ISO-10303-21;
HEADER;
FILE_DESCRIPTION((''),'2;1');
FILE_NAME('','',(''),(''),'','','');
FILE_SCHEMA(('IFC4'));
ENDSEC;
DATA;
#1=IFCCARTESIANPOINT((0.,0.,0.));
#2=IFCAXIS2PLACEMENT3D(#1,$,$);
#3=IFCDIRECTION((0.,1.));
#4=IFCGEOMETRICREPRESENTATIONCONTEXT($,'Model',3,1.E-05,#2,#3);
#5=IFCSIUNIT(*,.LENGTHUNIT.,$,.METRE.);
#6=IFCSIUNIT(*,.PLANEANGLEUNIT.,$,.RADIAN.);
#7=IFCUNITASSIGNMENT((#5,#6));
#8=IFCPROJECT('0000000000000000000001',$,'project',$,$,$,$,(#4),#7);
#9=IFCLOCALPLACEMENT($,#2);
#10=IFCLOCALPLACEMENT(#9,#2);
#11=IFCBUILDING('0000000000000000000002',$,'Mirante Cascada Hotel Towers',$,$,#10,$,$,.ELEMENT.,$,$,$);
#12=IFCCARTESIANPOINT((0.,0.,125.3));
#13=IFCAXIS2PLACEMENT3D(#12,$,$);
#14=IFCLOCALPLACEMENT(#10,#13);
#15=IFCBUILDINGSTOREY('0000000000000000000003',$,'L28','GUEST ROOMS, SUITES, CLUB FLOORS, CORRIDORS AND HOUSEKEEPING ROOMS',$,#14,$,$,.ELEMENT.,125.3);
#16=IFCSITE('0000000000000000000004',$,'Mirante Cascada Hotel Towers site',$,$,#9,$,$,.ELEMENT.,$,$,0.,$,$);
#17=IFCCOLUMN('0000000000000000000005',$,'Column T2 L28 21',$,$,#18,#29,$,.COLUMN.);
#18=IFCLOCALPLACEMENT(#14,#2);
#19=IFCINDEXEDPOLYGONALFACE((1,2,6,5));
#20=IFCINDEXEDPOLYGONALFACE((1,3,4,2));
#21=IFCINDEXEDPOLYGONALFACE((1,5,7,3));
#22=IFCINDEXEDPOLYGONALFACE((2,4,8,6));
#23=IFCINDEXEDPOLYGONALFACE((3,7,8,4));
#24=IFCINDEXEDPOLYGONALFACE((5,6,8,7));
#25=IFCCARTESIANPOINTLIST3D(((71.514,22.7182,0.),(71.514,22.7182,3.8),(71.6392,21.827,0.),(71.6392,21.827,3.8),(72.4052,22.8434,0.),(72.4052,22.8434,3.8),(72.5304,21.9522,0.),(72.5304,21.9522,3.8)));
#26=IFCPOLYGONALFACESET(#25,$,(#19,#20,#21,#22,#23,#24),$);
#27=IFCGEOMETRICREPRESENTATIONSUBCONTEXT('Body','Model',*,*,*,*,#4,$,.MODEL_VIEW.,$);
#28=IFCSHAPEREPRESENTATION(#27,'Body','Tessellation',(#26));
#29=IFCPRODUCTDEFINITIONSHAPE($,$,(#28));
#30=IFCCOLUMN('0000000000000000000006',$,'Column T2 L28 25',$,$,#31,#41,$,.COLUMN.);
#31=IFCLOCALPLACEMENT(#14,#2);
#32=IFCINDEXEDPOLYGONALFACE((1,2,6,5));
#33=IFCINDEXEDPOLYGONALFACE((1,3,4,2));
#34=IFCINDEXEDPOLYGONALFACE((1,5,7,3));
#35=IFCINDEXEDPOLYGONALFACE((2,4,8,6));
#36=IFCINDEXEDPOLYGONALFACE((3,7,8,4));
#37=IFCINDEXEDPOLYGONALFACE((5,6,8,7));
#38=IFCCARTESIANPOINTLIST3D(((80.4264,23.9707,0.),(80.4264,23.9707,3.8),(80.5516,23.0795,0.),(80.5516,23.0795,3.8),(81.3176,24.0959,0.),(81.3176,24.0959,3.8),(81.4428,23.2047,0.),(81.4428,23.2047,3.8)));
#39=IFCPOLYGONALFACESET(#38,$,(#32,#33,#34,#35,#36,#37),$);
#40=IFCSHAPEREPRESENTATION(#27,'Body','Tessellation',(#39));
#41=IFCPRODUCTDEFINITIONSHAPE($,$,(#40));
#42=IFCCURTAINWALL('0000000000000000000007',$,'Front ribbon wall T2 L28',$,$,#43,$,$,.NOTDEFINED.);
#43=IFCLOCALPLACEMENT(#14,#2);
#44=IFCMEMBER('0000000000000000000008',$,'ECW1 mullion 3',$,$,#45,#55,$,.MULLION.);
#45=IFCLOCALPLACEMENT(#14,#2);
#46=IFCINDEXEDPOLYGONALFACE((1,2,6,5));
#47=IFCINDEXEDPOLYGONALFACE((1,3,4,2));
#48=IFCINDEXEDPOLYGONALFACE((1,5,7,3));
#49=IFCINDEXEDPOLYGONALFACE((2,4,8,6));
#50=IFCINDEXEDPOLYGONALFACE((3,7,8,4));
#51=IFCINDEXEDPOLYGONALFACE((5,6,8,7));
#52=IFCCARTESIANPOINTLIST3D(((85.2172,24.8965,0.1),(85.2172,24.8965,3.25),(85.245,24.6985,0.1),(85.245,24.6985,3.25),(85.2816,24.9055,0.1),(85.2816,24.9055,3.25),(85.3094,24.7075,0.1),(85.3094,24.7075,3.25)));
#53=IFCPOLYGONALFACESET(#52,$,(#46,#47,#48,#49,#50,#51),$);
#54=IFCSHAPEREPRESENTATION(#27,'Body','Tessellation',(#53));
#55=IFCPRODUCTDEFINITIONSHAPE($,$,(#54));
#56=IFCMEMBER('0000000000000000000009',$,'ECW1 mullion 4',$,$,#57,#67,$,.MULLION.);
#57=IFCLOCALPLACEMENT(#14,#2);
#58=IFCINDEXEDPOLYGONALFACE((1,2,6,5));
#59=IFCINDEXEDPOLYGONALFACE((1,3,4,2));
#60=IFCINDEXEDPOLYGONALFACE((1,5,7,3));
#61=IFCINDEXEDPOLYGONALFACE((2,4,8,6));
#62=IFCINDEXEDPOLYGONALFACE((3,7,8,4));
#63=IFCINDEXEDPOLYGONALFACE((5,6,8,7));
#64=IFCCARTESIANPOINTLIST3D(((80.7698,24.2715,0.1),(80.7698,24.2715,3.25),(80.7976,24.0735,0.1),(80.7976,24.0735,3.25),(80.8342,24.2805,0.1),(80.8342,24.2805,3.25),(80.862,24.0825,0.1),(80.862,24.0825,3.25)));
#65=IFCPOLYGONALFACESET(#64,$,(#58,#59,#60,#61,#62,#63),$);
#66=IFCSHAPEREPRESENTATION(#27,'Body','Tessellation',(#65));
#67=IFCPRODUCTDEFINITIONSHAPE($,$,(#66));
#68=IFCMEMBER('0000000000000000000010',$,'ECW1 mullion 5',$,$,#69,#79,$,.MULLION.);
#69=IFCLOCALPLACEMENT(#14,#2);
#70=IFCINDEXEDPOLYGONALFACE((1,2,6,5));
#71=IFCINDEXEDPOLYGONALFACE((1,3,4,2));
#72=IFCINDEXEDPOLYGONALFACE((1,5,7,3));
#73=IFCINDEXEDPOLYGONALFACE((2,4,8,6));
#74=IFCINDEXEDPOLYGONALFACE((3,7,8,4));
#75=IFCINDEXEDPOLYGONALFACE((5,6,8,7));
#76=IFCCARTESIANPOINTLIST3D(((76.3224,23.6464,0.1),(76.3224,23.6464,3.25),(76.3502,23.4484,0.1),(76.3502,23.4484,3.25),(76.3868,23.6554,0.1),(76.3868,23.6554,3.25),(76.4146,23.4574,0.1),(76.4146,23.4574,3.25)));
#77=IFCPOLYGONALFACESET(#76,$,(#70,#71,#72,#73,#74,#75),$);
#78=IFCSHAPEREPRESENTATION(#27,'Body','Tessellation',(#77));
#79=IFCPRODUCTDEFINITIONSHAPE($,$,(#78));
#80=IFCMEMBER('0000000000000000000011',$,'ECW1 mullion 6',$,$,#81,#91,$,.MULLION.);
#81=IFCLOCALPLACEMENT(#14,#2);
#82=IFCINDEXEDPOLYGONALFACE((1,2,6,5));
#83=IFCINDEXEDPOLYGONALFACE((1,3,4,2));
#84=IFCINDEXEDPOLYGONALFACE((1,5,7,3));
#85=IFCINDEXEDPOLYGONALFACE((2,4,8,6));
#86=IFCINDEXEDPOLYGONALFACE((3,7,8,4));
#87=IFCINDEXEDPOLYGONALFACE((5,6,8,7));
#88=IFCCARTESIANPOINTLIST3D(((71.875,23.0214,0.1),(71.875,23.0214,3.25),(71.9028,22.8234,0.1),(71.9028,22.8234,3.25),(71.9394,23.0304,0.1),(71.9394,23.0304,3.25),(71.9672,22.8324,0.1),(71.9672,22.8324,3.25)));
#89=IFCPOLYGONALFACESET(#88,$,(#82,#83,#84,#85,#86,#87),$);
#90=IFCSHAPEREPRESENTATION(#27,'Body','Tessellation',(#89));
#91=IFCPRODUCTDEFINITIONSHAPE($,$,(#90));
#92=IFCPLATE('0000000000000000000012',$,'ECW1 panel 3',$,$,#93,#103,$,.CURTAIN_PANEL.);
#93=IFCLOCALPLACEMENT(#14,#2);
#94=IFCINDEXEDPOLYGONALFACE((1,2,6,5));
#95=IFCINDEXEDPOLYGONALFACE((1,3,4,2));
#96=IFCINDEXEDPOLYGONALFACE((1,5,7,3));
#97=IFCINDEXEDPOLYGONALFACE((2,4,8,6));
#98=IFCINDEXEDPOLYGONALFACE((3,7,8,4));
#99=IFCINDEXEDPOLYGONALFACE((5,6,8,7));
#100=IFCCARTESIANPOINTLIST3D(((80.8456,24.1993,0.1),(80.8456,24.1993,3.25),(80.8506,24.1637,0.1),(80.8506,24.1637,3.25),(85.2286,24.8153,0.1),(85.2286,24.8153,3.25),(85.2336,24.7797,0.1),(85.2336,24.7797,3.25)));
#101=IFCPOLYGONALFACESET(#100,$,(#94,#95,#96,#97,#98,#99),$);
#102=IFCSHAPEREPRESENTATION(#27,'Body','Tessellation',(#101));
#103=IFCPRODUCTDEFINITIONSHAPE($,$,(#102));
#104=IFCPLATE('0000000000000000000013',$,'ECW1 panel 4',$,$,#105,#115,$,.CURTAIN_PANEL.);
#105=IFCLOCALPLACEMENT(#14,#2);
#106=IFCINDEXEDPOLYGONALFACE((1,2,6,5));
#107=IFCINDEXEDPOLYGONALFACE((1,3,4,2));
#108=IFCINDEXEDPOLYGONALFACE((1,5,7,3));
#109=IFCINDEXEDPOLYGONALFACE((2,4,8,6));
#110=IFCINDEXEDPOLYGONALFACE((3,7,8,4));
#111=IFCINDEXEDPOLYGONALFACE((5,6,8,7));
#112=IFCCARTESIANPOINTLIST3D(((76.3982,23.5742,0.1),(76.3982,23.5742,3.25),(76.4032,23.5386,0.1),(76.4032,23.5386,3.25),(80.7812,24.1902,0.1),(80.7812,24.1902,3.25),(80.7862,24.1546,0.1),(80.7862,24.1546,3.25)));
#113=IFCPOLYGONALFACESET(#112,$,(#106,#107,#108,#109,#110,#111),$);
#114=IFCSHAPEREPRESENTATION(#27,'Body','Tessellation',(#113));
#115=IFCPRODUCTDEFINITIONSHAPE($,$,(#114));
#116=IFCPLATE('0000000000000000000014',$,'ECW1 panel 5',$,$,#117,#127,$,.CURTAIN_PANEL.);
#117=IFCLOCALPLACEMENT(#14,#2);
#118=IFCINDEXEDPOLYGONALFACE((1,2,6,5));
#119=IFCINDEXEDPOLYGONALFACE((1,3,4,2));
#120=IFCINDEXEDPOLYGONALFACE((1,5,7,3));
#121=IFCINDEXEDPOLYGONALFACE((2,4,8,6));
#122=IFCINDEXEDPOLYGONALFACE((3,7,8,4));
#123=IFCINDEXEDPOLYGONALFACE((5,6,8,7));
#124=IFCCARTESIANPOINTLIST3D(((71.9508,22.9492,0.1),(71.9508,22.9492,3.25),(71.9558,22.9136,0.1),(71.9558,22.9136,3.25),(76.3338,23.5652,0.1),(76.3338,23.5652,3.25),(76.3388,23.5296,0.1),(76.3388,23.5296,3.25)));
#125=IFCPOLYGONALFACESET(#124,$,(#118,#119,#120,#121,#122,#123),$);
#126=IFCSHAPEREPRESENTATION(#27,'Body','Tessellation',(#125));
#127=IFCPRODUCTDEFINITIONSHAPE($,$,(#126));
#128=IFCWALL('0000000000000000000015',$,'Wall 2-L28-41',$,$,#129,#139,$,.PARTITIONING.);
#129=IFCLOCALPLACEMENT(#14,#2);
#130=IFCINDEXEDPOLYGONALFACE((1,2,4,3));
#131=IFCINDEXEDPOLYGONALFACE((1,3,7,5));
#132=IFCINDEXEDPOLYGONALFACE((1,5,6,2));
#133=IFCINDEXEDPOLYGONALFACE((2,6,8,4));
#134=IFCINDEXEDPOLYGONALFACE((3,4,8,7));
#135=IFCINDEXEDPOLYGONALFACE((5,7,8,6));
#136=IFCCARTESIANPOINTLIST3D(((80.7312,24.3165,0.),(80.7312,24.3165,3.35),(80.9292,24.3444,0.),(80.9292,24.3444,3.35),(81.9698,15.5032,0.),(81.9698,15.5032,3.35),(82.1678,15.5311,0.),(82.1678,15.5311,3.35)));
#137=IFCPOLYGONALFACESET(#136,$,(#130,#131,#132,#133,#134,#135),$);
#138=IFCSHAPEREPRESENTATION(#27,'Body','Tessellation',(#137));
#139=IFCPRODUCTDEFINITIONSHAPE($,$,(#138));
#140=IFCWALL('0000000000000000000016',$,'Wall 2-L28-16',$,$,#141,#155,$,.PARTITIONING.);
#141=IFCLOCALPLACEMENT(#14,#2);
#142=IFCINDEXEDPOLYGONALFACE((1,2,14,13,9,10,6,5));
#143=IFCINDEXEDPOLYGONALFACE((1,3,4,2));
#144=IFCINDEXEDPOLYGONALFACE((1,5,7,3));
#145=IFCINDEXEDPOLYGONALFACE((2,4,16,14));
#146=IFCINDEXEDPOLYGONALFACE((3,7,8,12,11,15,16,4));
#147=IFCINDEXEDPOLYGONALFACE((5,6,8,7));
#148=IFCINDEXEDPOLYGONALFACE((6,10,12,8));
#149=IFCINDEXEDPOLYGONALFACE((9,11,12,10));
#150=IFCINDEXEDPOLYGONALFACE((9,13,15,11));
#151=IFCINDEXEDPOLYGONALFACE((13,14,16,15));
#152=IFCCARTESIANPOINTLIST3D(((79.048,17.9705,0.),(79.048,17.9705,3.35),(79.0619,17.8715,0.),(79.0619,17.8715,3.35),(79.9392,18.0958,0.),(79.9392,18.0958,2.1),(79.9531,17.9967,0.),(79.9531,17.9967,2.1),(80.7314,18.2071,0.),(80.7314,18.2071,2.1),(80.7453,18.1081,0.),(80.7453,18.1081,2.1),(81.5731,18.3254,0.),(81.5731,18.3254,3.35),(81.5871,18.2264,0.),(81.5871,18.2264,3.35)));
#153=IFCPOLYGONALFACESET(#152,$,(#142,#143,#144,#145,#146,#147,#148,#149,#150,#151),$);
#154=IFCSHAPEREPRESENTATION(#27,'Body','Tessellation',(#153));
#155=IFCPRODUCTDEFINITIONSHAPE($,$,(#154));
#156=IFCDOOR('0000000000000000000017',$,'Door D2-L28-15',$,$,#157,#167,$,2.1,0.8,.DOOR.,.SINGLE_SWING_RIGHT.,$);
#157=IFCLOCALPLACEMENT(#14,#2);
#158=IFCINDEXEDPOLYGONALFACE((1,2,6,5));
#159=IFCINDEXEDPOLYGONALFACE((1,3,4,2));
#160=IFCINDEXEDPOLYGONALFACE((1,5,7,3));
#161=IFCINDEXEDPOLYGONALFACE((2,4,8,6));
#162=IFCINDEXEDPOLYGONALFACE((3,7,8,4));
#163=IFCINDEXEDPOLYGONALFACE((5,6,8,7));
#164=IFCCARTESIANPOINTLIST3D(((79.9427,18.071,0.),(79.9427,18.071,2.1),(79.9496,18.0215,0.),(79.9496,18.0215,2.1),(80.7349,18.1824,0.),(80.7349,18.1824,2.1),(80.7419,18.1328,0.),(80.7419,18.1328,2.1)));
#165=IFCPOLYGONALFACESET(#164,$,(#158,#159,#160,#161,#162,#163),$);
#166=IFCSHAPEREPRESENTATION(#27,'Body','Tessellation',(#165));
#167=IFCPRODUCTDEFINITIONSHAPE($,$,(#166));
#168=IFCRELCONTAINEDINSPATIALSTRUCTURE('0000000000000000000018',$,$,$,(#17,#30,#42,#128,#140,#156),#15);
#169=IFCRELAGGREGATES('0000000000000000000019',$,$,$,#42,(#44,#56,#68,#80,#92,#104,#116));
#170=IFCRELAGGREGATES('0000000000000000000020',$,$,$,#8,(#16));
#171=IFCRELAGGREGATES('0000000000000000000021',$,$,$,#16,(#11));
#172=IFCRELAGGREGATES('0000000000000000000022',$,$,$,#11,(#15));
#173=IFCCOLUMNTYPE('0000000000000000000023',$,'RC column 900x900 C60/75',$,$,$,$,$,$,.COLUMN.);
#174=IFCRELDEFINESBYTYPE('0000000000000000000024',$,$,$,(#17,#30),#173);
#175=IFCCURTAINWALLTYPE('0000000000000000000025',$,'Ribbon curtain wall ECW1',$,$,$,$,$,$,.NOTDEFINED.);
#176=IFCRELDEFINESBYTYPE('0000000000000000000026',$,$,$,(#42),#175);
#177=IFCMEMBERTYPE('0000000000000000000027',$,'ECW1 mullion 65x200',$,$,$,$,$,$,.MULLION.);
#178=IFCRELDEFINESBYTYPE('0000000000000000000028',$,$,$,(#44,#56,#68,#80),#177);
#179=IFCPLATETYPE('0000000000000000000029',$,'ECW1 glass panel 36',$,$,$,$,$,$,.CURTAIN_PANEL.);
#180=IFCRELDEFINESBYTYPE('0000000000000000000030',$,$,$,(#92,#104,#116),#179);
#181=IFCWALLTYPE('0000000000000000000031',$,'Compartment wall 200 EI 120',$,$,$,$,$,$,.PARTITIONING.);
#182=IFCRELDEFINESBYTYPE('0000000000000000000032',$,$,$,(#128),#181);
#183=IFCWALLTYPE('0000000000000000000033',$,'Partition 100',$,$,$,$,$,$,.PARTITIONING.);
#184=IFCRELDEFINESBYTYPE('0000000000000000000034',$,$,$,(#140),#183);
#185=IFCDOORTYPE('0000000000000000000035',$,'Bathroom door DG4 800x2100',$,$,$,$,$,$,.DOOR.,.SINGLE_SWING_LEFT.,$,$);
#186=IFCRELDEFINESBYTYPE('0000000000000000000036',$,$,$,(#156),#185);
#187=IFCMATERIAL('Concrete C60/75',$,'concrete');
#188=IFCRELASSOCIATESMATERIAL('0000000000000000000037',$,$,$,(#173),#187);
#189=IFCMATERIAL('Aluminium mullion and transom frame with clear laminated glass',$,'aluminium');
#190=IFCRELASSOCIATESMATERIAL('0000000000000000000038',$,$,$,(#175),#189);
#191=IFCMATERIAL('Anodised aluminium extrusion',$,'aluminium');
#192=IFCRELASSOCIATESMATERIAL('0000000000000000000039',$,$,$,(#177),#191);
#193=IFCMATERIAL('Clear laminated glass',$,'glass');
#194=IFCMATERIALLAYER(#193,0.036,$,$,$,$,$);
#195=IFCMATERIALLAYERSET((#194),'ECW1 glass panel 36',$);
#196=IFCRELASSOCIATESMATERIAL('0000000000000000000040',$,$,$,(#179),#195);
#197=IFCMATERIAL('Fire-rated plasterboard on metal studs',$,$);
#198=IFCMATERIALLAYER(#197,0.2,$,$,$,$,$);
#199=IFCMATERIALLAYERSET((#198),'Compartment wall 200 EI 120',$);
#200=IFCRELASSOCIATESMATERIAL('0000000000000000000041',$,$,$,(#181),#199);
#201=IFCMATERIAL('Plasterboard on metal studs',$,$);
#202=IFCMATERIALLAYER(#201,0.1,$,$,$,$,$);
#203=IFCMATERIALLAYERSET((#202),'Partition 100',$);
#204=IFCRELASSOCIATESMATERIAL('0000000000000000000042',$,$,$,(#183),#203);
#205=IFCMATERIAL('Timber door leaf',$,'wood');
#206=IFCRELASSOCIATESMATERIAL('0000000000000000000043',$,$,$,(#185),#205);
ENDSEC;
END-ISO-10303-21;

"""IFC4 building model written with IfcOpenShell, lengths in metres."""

from ifc_helpers import new_model, si_unit, direction, frame, frame_2d, origin, origin_2d, place, context, subcontext, project, spatial, rectangle, extrude, material, layer, layer_set, material_profile, profile_set, type_object, element, fill, aggregate, save


model = new_model("IFC4")

# Units and contexts
model_context = context("Model", 3, precision=1e-05, world=origin(), true_north=direction((0.0, 1.0)))
body_context = subcontext(model_context, "Body", "Model", "MODEL_VIEW")
ifc_project = project(units=[si_unit("LENGTHUNIT", "METRE"), si_unit("PLANEANGLEUNIT", "RADIAN")], contexts=[model_context])

# Site, building, storey
site_placement = place(None, origin())
site = spatial("IfcSite", under=ifc_project, at=site_placement, Name="Mirante Cascada Hotel Towers site", CompositionType="ELEMENT", RefElevation=0.0)
building_placement = place(site_placement, origin())
building = spatial("IfcBuilding", under=site, at=building_placement, Name="Mirante Cascada Hotel Towers", CompositionType="ELEMENT")
storey_placement = place(building_placement, frame((0.0, 0.0, 125.3)))
storey = spatial("IfcBuildingStorey", under=building, at=storey_placement, Name="L28", Description="GUEST ROOMS, SUITES, CLUB FLOORS, CORRIDORS AND HOUSEKEEPING ROOMS", CompositionType="ELEMENT", Elevation=125.3)

# Columns
ifc_material_1 = material(Name="Concrete C60/75", Category="concrete")
ifc_material_profile_1 = material_profile(ifc_material_1, rectangle(XDim=0.9, YDim=0.9, at=origin_2d()), Name="RC column 900x900 C60/75")
ifc_profile_set_1 = profile_set([ifc_material_profile_1], Name="Concrete C60/75")
column_type = type_object("IfcColumnType", Name="RC column 900x900 C60/75", PredefinedType="COLUMN", material=ifc_profile_set_1)
for number, where, z_axis, x_axis, name in (
    (1, (72.0222, 22.3352, 0.0), (0.0, 0.0, 1.0), (0.990268, 0.139173, 0.0), "Column T2 L28 21"),
    (2, (80.9346, 23.5877, 0.0), (0.0, 0.0, 1.0), (0.990268, 0.139173, 0.0), "Column T2 L28 25"),
):
    element("IfcColumn", number, at=place(storey_placement, frame(where, z_axis=z_axis, x_axis=x_axis)), inside=storey, type_object=column_type, Name=name, PredefinedType="COLUMN", context=body_context, shape_type="SweptSolid", body=[
        extrude(rectangle(XDim=0.9, YDim=0.9, at=origin_2d()), origin(), (0.0, 0.0, 1.0), 3.8),
    ])

# Curtain wall, members, plates
ifc_material_2 = material(Name="Aluminium mullion and transom frame with clear laminated glass", Category="aluminium")
curtain_wall_type = type_object("IfcCurtainWallType", Name="Ribbon curtain wall ECW1", PredefinedType="NOTDEFINED", material=ifc_material_2)
curtain_wall_placement = place(storey_placement, origin())
curtain_wall = element("IfcCurtainWall", 3, at=curtain_wall_placement, inside=storey, type_object=curtain_wall_type, Name="Front ribbon wall T2 L28", PredefinedType="NOTDEFINED")
ifc_material_3 = material(Name="Anodised aluminium extrusion", Category="aluminium")
ifc_material_profile_2 = material_profile(ifc_material_3, rectangle(XDim=0.2, YDim=0.065, at=origin_2d()), Name="ECW1 MULLION 65x200")
ifc_profile_set_2 = profile_set([ifc_material_profile_2], Name="Anodised aluminium extrusion")
member_type = type_object("IfcMemberType", Name="ECW1 mullion 65x200", PredefinedType="MULLION", material=ifc_profile_set_2)
member_1_placement = place(storey_placement, frame((85.2633, 24.802, 0.1), z_axis=(0.0, 0.0, 1.0), x_axis=(0.139173, -0.990268, 0.0)))
member_1 = element("IfcMember", 4, at=member_1_placement, type_object=member_type, Name="ECW1 mullion 3", PredefinedType="MULLION", context=body_context, shape_type="SweptSolid", body=[
    extrude(rectangle(XDim=0.2, YDim=0.065, at=origin_2d()), origin(), (0.0, 0.0, 1.0), 3.15),
])
member_2_placement = place(storey_placement, frame((80.8159, 24.177, 0.1), z_axis=(0.0, 0.0, 1.0), x_axis=(0.139173, -0.990268, 0.0)))
member_2 = element("IfcMember", 5, at=member_2_placement, type_object=member_type, Name="ECW1 mullion 4", PredefinedType="MULLION", context=body_context, shape_type="SweptSolid", body=[
    extrude(rectangle(XDim=0.2, YDim=0.065, at=origin_2d()), origin(), (0.0, 0.0, 1.0), 3.15),
])
member_3_placement = place(storey_placement, frame((76.3685, 23.5519, 0.1), z_axis=(0.0, 0.0, 1.0), x_axis=(0.139173, -0.990268, 0.0)))
member_3 = element("IfcMember", 6, at=member_3_placement, type_object=member_type, Name="ECW1 mullion 5", PredefinedType="MULLION", context=body_context, shape_type="SweptSolid", body=[
    extrude(rectangle(XDim=0.2, YDim=0.065, at=origin_2d()), origin(), (0.0, 0.0, 1.0), 3.15),
])
member_4_placement = place(storey_placement, frame((71.9211, 22.9269, 0.1), z_axis=(0.0, 0.0, 1.0), x_axis=(0.139173, -0.990268, 0.0)))
member_4 = element("IfcMember", 7, at=member_4_placement, type_object=member_type, Name="ECW1 mullion 6", PredefinedType="MULLION", context=body_context, shape_type="SweptSolid", body=[
    extrude(rectangle(XDim=0.2, YDim=0.065, at=origin_2d()), origin(), (0.0, 0.0, 1.0), 3.15),
])
ifc_material_4 = material(Name="Clear laminated glass", Category="glass")
ifc_layer_1 = layer(ifc_material_4, 0.036)
ifc_layer_set_1 = layer_set([ifc_layer_1], Name="ECW1 glass panel 36")
plate_type = type_object("IfcPlateType", Name="ECW1 glass panel 36", PredefinedType="CURTAIN_PANEL", material=ifc_layer_set_1)
plate_1_placement = place(storey_placement, frame((83.0396, 24.4895, 0.1), z_axis=(0.0, 0.0, 1.0), x_axis=(-0.990268, -0.139173, 0.0)))
plate_1 = element("IfcPlate", 8, at=plate_1_placement, type_object=plate_type, Name="ECW1 panel 3", PredefinedType="CURTAIN_PANEL", context=body_context, shape_type="SweptSolid", body=[
    extrude(rectangle(XDim=4.4261, YDim=0.036, at=origin_2d()), origin(), (0.0, 0.0, 1.0), 3.15),
])
plate_2_placement = place(storey_placement, frame((78.5922, 23.8644, 0.1), z_axis=(0.0, 0.0, 1.0), x_axis=(-0.990268, -0.139173, 0.0)))
plate_2 = element("IfcPlate", 9, at=plate_2_placement, type_object=plate_type, Name="ECW1 panel 4", PredefinedType="CURTAIN_PANEL", context=body_context, shape_type="SweptSolid", body=[
    extrude(rectangle(XDim=4.4261, YDim=0.036, at=origin_2d()), origin(), (0.0, 0.0, 1.0), 3.15),
])
plate_3_placement = place(storey_placement, frame((74.1448, 23.2394, 0.1), z_axis=(0.0, 0.0, 1.0), x_axis=(-0.990268, -0.139173, 0.0)))
plate_3 = element("IfcPlate", 10, at=plate_3_placement, type_object=plate_type, Name="ECW1 panel 5", PredefinedType="CURTAIN_PANEL", context=body_context, shape_type="SweptSolid", body=[
    extrude(rectangle(XDim=4.4261, YDim=0.036, at=origin_2d()), origin(), (0.0, 0.0, 1.0), 3.15),
])
aggregate(curtain_wall, [member_1, member_2, member_3, member_4, plate_1, plate_2, plate_3])

# Wall
ifc_material_5 = material(Name="Fire-rated plasterboard on metal studs")
ifc_layer_2 = layer(ifc_material_5, 0.2)
ifc_layer_set_2 = layer_set([ifc_layer_2], Name="Compartment wall 200 EI 120")
wall_type_1 = type_object("IfcWallType", Name="Compartment wall 200 EI 120", PredefinedType="PARTITIONING", material=ifc_layer_set_2)
wall_1_placement = place(storey_placement, frame((82.0688, 15.5171, 0.0), z_axis=(0.0, 0.0, 1.0), x_axis=(-0.13917, 0.990268, 0.0)))
element("IfcWall", 11, at=wall_1_placement, inside=storey, type_object=wall_type_1, Name="Wall 2-L28-41", PredefinedType="PARTITIONING", context=body_context, shape_type="SweptSolid", body=[
    extrude(rectangle(XDim=8.8999, YDim=0.2, at=frame_2d((4.45, 0.0))), origin(), (0.0, 0.0, 1.0), 3.35),
])

# Wall, opening, door
ifc_material_6 = material(Name="Plasterboard on metal studs")
ifc_layer_3 = layer(ifc_material_6, 0.1)
ifc_layer_set_3 = layer_set([ifc_layer_3], Name="Partition 100")
wall_type_2 = type_object("IfcWallType", Name="Partition 100", PredefinedType="PARTITIONING", material=ifc_layer_set_3)
wall_2_placement = place(storey_placement, frame((81.5801, 18.2759, 0.0), z_axis=(0.0, 0.0, 1.0), x_axis=(-0.990268, -0.139176, 0.0)))
wall_2 = element("IfcWall", 12, at=wall_2_placement, inside=storey, type_object=wall_type_2, Name="Wall 2-L28-16", PredefinedType="PARTITIONING", context=body_context, shape_type="SweptSolid", body=[
    extrude(rectangle(XDim=2.55, YDim=0.1, at=frame_2d((1.275, 0.0))), origin(), (0.0, 0.0, 1.0), 3.35),
])
opening_1_placement = place(wall_2_placement, frame((0.85, 0.0, 0.0)))
opening_1 = element("IfcOpeningElement", 13, at=opening_1_placement, cuts=wall_2, PredefinedType="OPENING", context=body_context, shape_type="SweptSolid", body=[
    extrude(rectangle(XDim=0.8, YDim=2.1, at=frame_2d((0.4, 1.05))), frame((0.0, 0.05, 0.0), z_axis=(0.0, -1.0, 0.0), x_axis=(1.0, 0.0, 0.0)), (0.0, 0.0, 1.0), 0.1),
])
ifc_material_7 = material(Name="Timber door leaf", Category="wood")
door_type = type_object("IfcDoorType", Name="Bathroom door DG4 800x2100", OperationType="SINGLE_SWING_LEFT", PredefinedType="DOOR", material=ifc_material_7)
door_1_placement = place(opening_1_placement, frame((0.8, 0.0, 0.0), z_axis=(0.0, 0.0, 1.0), x_axis=(-1.0, 0.0, 0.0)))
door_1 = element("IfcDoor", 14, at=door_1_placement, inside=storey, type_object=door_type, Name="Door D2-L28-15", OperationType="SINGLE_SWING_RIGHT", OverallHeight=2.1, OverallWidth=0.8, PredefinedType="DOOR", context=body_context, shape_type="SweptSolid", body=[
    extrude(rectangle(XDim=0.8, YDim=2.1, at=frame_2d((0.4, 1.05))), frame((0.0, 0.025, 0.0), z_axis=(0.0, -1.0, 0.0), x_axis=(1.0, 0.0, 0.0)), (0.0, 0.0, 1.0), 0.05),
])
fill(opening_1, door_1)

save(model, "model.ifc")
